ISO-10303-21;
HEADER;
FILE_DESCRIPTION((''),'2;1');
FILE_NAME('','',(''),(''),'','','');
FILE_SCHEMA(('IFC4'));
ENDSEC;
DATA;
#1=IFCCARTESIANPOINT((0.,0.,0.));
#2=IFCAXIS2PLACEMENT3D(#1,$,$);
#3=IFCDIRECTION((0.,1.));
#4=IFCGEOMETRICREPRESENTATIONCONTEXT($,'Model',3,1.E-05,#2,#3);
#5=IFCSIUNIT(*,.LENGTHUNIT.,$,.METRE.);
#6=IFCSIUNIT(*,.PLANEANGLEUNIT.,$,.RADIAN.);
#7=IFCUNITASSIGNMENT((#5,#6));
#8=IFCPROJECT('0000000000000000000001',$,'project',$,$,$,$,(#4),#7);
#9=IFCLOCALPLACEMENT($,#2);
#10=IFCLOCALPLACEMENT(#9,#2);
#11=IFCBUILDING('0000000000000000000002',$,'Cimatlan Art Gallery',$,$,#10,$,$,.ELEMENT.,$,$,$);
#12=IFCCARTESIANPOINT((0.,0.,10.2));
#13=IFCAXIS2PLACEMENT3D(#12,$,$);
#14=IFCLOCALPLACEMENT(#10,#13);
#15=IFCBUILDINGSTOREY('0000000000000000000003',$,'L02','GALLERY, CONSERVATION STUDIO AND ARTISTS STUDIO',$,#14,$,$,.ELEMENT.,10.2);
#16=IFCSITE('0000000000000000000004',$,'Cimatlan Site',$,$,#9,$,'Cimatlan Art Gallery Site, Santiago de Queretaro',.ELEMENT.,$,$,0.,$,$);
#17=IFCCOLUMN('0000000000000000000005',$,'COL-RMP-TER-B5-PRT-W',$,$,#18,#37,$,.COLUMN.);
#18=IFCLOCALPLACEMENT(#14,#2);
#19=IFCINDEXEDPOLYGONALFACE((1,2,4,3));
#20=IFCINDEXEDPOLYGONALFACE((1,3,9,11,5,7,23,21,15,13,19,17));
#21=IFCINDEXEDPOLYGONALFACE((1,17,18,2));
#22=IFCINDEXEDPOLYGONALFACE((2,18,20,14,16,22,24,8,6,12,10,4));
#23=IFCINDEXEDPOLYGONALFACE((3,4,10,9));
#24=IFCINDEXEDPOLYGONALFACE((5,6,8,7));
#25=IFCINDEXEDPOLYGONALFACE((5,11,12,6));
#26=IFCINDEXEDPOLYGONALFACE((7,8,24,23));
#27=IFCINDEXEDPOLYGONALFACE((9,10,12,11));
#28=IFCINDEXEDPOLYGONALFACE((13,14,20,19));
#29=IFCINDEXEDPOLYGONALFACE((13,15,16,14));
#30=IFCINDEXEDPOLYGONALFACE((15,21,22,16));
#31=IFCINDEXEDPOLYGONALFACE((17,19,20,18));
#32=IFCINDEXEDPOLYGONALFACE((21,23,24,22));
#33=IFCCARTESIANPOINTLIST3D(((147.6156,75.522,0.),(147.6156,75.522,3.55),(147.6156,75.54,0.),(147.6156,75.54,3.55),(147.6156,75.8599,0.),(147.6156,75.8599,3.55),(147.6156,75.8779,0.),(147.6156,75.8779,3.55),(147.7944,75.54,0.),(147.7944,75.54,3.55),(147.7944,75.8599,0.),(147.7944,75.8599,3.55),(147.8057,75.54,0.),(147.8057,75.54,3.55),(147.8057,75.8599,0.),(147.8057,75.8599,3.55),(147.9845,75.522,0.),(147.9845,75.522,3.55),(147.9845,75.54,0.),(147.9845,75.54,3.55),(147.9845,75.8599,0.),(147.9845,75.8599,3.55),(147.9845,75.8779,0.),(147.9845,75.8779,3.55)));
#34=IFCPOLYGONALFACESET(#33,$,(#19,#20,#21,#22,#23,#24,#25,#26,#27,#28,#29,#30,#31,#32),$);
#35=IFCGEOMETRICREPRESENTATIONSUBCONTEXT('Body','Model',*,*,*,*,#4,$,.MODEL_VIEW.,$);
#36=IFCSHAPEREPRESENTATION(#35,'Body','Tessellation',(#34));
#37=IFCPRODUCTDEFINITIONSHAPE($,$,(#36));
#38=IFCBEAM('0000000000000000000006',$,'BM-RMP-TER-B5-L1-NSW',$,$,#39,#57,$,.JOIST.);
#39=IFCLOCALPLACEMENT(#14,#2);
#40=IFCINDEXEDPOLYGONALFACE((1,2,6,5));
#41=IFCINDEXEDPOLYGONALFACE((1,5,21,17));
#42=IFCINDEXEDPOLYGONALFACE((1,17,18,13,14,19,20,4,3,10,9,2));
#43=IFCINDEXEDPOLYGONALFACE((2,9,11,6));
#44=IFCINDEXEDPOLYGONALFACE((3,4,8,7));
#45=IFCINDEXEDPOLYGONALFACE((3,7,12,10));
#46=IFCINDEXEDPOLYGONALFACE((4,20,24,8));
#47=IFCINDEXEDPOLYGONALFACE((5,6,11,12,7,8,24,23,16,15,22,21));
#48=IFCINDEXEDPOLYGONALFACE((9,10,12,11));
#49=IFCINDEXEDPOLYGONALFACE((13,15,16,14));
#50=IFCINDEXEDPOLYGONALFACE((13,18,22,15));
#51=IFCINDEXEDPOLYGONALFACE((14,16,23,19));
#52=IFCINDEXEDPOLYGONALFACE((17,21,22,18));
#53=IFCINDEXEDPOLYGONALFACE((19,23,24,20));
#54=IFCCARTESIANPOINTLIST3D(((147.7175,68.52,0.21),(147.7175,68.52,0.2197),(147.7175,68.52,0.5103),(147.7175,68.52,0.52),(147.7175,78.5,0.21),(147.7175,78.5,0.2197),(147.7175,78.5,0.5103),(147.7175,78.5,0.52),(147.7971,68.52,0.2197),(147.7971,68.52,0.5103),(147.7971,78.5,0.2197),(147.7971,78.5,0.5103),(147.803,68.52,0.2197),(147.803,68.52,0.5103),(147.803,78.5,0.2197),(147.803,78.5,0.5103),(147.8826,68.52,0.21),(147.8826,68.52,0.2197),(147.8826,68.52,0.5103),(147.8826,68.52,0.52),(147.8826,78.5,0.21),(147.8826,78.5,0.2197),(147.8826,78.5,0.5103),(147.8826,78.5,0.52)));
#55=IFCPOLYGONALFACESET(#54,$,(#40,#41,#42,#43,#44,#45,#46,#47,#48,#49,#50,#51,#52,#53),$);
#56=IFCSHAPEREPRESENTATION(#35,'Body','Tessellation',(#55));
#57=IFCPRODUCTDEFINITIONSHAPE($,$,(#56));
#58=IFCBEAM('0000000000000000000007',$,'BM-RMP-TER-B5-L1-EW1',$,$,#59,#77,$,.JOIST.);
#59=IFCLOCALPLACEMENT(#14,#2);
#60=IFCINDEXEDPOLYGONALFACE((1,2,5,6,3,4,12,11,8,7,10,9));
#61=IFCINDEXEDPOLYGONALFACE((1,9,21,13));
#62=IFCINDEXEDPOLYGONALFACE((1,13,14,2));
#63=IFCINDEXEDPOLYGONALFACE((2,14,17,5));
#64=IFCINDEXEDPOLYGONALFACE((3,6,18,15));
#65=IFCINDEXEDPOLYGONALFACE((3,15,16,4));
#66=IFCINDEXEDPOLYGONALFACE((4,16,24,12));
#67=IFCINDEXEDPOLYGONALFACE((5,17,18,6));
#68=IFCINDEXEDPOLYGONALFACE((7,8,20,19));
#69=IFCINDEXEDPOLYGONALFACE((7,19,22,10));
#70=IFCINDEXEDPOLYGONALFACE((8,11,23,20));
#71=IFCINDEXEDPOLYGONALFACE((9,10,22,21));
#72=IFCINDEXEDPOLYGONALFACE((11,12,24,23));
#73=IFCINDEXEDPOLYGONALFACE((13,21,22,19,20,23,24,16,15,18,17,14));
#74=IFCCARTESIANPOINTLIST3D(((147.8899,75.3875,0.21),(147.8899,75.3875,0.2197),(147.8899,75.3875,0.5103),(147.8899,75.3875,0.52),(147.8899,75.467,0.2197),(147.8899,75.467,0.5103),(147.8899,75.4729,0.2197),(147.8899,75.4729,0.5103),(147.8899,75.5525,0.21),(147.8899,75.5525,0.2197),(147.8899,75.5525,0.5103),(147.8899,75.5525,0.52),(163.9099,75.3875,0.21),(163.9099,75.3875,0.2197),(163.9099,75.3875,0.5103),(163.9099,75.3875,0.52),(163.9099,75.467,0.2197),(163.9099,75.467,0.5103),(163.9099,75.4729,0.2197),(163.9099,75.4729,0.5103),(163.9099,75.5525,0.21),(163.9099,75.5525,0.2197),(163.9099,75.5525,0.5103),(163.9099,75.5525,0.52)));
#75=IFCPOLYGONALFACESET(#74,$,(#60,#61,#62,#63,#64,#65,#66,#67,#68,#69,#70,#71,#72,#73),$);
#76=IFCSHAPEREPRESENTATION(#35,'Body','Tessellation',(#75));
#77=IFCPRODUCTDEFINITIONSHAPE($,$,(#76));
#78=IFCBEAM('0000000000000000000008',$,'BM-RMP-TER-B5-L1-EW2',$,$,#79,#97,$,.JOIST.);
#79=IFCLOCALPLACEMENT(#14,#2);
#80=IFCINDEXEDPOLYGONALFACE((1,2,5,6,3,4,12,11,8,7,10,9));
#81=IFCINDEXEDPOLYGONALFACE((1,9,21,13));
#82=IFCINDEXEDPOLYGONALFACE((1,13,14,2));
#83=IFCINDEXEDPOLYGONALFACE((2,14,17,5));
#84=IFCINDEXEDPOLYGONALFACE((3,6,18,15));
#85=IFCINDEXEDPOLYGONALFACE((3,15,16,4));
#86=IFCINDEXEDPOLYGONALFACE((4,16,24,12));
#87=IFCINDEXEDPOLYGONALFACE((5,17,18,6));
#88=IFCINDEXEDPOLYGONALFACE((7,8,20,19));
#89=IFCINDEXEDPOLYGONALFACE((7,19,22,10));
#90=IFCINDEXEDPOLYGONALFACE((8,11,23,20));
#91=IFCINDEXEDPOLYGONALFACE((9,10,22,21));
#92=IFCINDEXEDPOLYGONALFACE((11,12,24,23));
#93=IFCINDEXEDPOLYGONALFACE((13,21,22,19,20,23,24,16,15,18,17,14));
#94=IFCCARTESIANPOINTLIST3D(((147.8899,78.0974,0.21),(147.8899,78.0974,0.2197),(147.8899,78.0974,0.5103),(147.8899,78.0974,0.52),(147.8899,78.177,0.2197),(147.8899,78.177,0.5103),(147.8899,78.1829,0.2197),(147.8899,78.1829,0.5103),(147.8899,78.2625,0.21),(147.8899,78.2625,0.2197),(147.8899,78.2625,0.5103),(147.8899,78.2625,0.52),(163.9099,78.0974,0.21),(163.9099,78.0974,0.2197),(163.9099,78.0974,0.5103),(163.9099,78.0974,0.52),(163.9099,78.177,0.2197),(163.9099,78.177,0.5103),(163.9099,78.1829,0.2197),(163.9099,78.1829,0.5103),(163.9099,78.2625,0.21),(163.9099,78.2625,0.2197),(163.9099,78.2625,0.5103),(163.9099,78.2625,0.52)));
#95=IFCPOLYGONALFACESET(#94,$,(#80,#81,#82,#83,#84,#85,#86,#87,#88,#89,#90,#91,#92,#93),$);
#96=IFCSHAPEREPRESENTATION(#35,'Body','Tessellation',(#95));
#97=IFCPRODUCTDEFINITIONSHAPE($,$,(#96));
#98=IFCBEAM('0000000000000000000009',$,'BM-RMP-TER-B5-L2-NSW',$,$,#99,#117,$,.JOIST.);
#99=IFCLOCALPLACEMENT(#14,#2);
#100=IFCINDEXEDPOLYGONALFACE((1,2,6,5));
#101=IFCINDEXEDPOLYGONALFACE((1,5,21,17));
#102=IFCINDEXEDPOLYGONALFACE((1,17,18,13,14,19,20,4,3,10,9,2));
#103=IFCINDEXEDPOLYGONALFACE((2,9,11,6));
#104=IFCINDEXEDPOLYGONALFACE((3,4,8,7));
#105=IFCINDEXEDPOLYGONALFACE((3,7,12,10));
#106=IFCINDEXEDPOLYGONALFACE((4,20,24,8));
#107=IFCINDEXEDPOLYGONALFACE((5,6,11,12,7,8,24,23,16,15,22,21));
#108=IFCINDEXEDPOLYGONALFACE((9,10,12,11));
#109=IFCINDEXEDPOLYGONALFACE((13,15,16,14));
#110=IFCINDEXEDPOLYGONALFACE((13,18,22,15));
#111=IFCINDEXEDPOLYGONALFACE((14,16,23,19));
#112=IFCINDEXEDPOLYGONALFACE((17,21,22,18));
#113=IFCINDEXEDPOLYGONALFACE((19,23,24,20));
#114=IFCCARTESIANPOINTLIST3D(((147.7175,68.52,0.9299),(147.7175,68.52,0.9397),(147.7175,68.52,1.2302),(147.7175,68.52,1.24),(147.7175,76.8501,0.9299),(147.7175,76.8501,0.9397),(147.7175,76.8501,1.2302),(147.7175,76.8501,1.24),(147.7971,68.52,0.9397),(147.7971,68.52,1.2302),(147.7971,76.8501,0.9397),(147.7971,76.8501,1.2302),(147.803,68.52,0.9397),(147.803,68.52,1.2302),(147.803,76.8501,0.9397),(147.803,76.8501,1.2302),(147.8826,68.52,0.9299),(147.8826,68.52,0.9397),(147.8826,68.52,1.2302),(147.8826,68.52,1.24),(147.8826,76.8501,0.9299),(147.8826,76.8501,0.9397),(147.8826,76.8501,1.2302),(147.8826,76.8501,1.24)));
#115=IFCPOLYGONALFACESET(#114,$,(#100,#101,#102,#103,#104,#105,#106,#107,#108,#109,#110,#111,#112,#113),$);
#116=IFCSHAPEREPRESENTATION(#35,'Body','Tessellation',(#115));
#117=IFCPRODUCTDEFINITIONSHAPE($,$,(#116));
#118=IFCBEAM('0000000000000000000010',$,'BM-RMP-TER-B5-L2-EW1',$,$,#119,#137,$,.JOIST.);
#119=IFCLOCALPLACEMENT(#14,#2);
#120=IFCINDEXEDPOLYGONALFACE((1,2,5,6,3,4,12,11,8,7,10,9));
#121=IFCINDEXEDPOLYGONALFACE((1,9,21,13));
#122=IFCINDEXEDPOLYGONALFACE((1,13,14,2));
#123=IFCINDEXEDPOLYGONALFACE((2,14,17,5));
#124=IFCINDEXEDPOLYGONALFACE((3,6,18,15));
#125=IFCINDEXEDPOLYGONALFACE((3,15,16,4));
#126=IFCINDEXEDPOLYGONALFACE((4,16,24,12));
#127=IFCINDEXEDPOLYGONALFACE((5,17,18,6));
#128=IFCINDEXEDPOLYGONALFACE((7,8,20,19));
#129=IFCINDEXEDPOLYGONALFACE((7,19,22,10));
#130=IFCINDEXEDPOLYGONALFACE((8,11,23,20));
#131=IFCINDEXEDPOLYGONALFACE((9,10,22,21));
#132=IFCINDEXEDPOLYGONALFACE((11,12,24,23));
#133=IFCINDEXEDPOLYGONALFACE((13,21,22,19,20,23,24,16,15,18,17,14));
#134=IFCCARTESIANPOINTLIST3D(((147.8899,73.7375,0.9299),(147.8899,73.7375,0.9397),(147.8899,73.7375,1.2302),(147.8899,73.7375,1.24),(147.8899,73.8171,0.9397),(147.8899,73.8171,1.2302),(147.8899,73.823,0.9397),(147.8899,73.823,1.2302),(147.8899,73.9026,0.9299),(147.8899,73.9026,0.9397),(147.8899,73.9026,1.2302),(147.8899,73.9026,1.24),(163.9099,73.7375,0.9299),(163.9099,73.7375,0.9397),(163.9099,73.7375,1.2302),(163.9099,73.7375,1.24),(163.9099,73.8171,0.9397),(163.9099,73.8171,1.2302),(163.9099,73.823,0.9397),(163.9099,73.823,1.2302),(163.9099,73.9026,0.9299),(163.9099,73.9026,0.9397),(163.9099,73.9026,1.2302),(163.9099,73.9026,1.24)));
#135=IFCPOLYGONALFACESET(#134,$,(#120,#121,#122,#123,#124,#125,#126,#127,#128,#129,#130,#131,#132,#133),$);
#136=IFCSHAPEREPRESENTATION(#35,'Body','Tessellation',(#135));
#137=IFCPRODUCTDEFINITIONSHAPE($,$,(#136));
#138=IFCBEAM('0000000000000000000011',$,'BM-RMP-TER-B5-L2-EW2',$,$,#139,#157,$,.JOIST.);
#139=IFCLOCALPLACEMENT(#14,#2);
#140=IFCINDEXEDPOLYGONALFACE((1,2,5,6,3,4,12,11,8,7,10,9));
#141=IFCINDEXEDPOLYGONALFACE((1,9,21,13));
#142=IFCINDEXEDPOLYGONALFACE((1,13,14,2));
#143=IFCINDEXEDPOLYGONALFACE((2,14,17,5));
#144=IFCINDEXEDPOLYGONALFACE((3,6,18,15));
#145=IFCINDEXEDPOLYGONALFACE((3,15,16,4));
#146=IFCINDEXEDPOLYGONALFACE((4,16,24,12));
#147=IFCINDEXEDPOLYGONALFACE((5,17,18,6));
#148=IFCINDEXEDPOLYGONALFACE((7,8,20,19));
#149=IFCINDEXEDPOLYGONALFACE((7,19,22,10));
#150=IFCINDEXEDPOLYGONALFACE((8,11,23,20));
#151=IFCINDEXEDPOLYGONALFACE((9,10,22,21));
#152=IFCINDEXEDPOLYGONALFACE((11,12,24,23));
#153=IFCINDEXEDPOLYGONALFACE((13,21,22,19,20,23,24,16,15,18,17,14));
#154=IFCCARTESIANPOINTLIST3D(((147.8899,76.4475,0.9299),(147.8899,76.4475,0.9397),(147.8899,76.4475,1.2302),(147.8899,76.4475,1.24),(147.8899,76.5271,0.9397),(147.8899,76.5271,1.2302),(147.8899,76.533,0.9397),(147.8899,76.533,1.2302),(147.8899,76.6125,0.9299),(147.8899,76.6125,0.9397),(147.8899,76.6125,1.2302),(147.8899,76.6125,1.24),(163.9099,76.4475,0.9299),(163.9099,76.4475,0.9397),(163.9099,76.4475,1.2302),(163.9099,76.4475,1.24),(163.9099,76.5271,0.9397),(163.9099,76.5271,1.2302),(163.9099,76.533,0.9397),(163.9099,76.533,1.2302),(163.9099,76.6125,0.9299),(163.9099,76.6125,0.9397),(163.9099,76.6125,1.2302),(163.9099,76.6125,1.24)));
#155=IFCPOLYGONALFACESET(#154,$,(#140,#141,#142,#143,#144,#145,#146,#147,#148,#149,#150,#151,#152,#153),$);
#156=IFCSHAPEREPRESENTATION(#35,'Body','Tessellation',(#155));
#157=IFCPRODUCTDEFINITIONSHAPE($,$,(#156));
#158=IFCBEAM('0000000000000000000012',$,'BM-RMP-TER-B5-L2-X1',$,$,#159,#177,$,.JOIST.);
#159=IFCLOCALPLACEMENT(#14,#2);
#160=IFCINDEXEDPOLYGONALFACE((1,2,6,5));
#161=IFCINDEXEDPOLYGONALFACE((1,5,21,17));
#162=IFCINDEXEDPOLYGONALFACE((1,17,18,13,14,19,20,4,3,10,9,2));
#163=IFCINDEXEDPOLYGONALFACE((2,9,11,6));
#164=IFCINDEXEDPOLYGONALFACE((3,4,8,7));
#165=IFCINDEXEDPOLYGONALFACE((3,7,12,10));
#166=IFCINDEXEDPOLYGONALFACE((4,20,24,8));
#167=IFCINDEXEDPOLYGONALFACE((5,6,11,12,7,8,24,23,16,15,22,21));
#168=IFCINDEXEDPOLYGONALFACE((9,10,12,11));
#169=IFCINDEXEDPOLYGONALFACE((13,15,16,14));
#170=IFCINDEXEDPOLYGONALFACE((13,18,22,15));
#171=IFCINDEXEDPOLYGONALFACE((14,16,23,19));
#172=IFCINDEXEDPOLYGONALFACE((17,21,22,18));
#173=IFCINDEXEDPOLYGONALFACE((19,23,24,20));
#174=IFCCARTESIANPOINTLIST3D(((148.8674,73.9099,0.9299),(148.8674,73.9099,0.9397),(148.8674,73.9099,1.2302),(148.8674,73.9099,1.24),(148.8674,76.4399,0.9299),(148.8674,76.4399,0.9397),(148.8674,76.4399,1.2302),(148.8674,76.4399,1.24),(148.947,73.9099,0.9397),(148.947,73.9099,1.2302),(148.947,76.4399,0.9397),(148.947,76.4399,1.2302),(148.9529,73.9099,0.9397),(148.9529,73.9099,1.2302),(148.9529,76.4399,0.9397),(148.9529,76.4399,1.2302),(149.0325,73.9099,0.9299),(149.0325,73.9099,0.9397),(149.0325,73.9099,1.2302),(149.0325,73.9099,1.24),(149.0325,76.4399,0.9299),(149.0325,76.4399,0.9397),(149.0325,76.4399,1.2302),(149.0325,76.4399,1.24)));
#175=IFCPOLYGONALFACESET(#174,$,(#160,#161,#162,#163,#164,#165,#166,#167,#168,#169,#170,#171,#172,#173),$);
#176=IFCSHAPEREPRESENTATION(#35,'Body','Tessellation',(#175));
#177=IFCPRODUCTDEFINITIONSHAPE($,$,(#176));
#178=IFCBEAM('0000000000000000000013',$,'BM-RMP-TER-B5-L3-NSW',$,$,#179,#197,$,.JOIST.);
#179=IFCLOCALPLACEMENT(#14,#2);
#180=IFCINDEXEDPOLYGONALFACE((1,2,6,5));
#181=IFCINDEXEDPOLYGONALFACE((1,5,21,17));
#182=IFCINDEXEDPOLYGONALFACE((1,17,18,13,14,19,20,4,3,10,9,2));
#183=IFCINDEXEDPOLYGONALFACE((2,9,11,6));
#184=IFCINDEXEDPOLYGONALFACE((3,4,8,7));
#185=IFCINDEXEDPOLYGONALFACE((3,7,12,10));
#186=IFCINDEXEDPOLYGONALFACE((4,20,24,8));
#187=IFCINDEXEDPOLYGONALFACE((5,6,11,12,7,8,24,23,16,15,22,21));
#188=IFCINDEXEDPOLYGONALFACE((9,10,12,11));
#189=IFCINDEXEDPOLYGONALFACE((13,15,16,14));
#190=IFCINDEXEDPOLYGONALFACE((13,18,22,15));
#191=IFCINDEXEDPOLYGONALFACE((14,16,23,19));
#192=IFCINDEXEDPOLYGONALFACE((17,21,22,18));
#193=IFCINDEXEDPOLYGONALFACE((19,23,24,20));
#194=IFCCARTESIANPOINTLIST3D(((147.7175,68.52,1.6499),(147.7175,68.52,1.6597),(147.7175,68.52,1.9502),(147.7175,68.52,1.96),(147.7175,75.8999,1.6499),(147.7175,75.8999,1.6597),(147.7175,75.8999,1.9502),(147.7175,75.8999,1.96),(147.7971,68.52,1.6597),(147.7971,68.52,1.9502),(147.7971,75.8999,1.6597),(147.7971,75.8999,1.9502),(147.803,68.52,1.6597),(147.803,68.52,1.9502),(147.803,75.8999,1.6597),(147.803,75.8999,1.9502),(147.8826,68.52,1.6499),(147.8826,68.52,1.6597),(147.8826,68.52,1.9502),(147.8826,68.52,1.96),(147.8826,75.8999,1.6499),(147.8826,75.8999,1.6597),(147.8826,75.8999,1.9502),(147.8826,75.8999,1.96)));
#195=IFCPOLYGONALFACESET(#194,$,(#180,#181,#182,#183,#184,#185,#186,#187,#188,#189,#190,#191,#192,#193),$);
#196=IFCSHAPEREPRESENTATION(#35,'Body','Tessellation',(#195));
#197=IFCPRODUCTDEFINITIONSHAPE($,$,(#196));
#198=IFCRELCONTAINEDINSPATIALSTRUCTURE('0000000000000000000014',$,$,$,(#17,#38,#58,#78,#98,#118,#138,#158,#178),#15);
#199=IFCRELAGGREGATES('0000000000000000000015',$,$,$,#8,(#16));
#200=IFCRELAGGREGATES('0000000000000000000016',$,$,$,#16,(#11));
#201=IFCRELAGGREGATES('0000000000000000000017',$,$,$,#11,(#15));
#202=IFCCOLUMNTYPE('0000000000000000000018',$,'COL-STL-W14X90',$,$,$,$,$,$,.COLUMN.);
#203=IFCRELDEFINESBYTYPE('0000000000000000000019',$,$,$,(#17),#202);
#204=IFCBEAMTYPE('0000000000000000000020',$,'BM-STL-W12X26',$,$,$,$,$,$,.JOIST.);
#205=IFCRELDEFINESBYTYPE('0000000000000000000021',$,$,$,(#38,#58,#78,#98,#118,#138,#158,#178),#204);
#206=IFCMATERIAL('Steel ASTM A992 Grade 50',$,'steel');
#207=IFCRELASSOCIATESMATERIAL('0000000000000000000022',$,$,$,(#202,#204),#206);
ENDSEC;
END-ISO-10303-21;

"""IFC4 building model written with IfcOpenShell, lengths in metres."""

from ifc_helpers import new_model, si_unit, direction, frame, origin, origin_2d, place, context, subcontext, project, spatial, i_section, extrude, material, material_profile, profile_set, type_object, element, save


model = new_model("IFC4")

# Units and contexts
model_context = context("Model", 3, precision=1e-05, world=origin(), true_north=direction((0.0, 1.0)))
body_context = subcontext(model_context, "Body", "Model", "MODEL_VIEW")
ifc_project = project(units=[si_unit("LENGTHUNIT", "METRE"), si_unit("PLANEANGLEUNIT", "RADIAN")], contexts=[model_context])

# Site, building, storey
site_placement = place(None, origin())
site = spatial("IfcSite", under=ifc_project, at=site_placement, Name="Cimatlan Site", LongName="Cimatlan Art Gallery Site, Santiago de Queretaro", CompositionType="ELEMENT", RefElevation=0.0)
building_placement = place(site_placement, origin())
building = spatial("IfcBuilding", under=site, at=building_placement, Name="Cimatlan Art Gallery", CompositionType="ELEMENT")
storey_placement = place(building_placement, frame((0.0, 0.0, 10.2)))
storey = spatial("IfcBuildingStorey", under=building, at=storey_placement, Name="L02", Description="GALLERY, CONSERVATION STUDIO AND ARTISTS STUDIO", CompositionType="ELEMENT", Elevation=10.2)

# Column
ifc_material_1 = material(Name="Steel ASTM A992 Grade 50", Category="steel")
ifc_material_profile_1 = material_profile(ifc_material_1, i_section(OverallWidth=0.3689, OverallDepth=0.356, WebThickness=0.0112, FlangeThickness=0.0181, at=origin_2d()), Name="W14X90")
ifc_profile_set_1 = profile_set([ifc_material_profile_1], Name="Steel ASTM A992 Grade 50")
column_type = type_object("IfcColumnType", Name="COL-STL-W14X90", PredefinedType="COLUMN", material=ifc_profile_set_1)
column_placement = place(storey_placement, frame((147.8, 75.7, 0.0), z_axis=(0.0, 0.0, 1.0), x_axis=(1.0, 0.0, 0.0)))
element("IfcColumn", 1, at=column_placement, inside=storey, type_object=column_type, Name="COL-RMP-TER-B5-PRT-W", PredefinedType="COLUMN", context=body_context, shape_type="SweptSolid", body=[
    extrude(i_section(OverallWidth=0.3689, OverallDepth=0.356, WebThickness=0.0112, FlangeThickness=0.0181, at=origin_2d()), origin(), (0.0, 0.0, 1.0), 3.55),
])

# Beams
ifc_material_profile_2 = material_profile(ifc_material_1, i_section(OverallWidth=0.165, OverallDepth=0.3101, WebThickness=0.0059, FlangeThickness=0.0098, at=origin_2d()), Name="W12X26")
ifc_profile_set_2 = profile_set([ifc_material_profile_2], Name="Steel ASTM A992 Grade 50")
beam_type = type_object("IfcBeamType", Name="BM-STL-W12X26", PredefinedType="JOIST", material=ifc_profile_set_2)
beam_1_placement = place(storey_placement, frame((147.8, 68.52, 0.365), z_axis=(0.0, 1.0, 0.0), x_axis=(-1.0, 0.0, 0.0)))
element("IfcBeam", 2, at=beam_1_placement, inside=storey, type_object=beam_type, Name="BM-RMP-TER-B5-L1-NSW", PredefinedType="JOIST", context=body_context, shape_type="SweptSolid", body=[
    extrude(i_section(OverallWidth=0.165, OverallDepth=0.3101, WebThickness=0.0059, FlangeThickness=0.0098, at=origin_2d()), origin(), (0.0, 0.0, 1.0), 9.98),
])
for number, where, z_axis, x_axis, name in (
    (3, (147.8899, 75.47, 0.365), (1.0, 0.0, 0.0), (0.0, 1.0, 0.0), "BM-RMP-TER-B5-L1-EW1"),
    (4, (147.8899, 78.1799, 0.365), (1.0, 0.0, 0.0), (0.0, 1.0, 0.0), "BM-RMP-TER-B5-L1-EW2"),
):
    element("IfcBeam", number, at=place(storey_placement, frame(where, z_axis=z_axis, x_axis=x_axis)), inside=storey, type_object=beam_type, Name=name, PredefinedType="JOIST", context=body_context, shape_type="SweptSolid", body=[
        extrude(i_section(OverallWidth=0.165, OverallDepth=0.3101, WebThickness=0.0059, FlangeThickness=0.0098, at=origin_2d()), origin(), (0.0, 0.0, 1.0), 16.02),
    ])
beam_2_placement = place(storey_placement, frame((147.8, 68.52, 1.085), z_axis=(0.0, 1.0, 0.0), x_axis=(-1.0, 0.0, 0.0)))
element("IfcBeam", 5, at=beam_2_placement, inside=storey, type_object=beam_type, Name="BM-RMP-TER-B5-L2-NSW", PredefinedType="JOIST", context=body_context, shape_type="SweptSolid", body=[
    extrude(i_section(OverallWidth=0.165, OverallDepth=0.3101, WebThickness=0.0059, FlangeThickness=0.0098, at=origin_2d()), origin(), (0.0, 0.0, 1.0), 8.3301),
])
for number, where, z_axis, x_axis, name in (
    (6, (147.8899, 73.8201, 1.085), (1.0, 0.0, 0.0), (0.0, 1.0, 0.0), "BM-RMP-TER-B5-L2-EW1"),
    (7, (147.8899, 76.53, 1.085), (1.0, 0.0, 0.0), (0.0, 1.0, 0.0), "BM-RMP-TER-B5-L2-EW2"),
):
    element("IfcBeam", number, at=place(storey_placement, frame(where, z_axis=z_axis, x_axis=x_axis)), inside=storey, type_object=beam_type, Name=name, PredefinedType="JOIST", context=body_context, shape_type="SweptSolid", body=[
        extrude(i_section(OverallWidth=0.165, OverallDepth=0.3101, WebThickness=0.0059, FlangeThickness=0.0098, at=origin_2d()), origin(), (0.0, 0.0, 1.0), 16.02),
    ])
beam_3_placement = place(storey_placement, frame((148.95, 73.9099, 1.085), z_axis=(0.0, 1.0, 0.0), x_axis=(-1.0, 0.0, 0.0)))
element("IfcBeam", 8, at=beam_3_placement, inside=storey, type_object=beam_type, Name="BM-RMP-TER-B5-L2-X1", PredefinedType="JOIST", context=body_context, shape_type="SweptSolid", body=[
    extrude(i_section(OverallWidth=0.165, OverallDepth=0.3101, WebThickness=0.0059, FlangeThickness=0.0098, at=origin_2d()), origin(), (0.0, 0.0, 1.0), 2.53),
])
beam_4_placement = place(storey_placement, frame((147.8, 68.52, 1.8049), z_axis=(0.0, 1.0, 0.0), x_axis=(-1.0, 0.0, 0.0)))
element("IfcBeam", 9, at=beam_4_placement, inside=storey, type_object=beam_type, Name="BM-RMP-TER-B5-L3-NSW", PredefinedType="JOIST", context=body_context, shape_type="SweptSolid", body=[
    extrude(i_section(OverallWidth=0.165, OverallDepth=0.3101, WebThickness=0.0059, FlangeThickness=0.0098, at=origin_2d()), origin(), (0.0, 0.0, 1.0), 7.3799),
])

save(model, "model.ifc")
